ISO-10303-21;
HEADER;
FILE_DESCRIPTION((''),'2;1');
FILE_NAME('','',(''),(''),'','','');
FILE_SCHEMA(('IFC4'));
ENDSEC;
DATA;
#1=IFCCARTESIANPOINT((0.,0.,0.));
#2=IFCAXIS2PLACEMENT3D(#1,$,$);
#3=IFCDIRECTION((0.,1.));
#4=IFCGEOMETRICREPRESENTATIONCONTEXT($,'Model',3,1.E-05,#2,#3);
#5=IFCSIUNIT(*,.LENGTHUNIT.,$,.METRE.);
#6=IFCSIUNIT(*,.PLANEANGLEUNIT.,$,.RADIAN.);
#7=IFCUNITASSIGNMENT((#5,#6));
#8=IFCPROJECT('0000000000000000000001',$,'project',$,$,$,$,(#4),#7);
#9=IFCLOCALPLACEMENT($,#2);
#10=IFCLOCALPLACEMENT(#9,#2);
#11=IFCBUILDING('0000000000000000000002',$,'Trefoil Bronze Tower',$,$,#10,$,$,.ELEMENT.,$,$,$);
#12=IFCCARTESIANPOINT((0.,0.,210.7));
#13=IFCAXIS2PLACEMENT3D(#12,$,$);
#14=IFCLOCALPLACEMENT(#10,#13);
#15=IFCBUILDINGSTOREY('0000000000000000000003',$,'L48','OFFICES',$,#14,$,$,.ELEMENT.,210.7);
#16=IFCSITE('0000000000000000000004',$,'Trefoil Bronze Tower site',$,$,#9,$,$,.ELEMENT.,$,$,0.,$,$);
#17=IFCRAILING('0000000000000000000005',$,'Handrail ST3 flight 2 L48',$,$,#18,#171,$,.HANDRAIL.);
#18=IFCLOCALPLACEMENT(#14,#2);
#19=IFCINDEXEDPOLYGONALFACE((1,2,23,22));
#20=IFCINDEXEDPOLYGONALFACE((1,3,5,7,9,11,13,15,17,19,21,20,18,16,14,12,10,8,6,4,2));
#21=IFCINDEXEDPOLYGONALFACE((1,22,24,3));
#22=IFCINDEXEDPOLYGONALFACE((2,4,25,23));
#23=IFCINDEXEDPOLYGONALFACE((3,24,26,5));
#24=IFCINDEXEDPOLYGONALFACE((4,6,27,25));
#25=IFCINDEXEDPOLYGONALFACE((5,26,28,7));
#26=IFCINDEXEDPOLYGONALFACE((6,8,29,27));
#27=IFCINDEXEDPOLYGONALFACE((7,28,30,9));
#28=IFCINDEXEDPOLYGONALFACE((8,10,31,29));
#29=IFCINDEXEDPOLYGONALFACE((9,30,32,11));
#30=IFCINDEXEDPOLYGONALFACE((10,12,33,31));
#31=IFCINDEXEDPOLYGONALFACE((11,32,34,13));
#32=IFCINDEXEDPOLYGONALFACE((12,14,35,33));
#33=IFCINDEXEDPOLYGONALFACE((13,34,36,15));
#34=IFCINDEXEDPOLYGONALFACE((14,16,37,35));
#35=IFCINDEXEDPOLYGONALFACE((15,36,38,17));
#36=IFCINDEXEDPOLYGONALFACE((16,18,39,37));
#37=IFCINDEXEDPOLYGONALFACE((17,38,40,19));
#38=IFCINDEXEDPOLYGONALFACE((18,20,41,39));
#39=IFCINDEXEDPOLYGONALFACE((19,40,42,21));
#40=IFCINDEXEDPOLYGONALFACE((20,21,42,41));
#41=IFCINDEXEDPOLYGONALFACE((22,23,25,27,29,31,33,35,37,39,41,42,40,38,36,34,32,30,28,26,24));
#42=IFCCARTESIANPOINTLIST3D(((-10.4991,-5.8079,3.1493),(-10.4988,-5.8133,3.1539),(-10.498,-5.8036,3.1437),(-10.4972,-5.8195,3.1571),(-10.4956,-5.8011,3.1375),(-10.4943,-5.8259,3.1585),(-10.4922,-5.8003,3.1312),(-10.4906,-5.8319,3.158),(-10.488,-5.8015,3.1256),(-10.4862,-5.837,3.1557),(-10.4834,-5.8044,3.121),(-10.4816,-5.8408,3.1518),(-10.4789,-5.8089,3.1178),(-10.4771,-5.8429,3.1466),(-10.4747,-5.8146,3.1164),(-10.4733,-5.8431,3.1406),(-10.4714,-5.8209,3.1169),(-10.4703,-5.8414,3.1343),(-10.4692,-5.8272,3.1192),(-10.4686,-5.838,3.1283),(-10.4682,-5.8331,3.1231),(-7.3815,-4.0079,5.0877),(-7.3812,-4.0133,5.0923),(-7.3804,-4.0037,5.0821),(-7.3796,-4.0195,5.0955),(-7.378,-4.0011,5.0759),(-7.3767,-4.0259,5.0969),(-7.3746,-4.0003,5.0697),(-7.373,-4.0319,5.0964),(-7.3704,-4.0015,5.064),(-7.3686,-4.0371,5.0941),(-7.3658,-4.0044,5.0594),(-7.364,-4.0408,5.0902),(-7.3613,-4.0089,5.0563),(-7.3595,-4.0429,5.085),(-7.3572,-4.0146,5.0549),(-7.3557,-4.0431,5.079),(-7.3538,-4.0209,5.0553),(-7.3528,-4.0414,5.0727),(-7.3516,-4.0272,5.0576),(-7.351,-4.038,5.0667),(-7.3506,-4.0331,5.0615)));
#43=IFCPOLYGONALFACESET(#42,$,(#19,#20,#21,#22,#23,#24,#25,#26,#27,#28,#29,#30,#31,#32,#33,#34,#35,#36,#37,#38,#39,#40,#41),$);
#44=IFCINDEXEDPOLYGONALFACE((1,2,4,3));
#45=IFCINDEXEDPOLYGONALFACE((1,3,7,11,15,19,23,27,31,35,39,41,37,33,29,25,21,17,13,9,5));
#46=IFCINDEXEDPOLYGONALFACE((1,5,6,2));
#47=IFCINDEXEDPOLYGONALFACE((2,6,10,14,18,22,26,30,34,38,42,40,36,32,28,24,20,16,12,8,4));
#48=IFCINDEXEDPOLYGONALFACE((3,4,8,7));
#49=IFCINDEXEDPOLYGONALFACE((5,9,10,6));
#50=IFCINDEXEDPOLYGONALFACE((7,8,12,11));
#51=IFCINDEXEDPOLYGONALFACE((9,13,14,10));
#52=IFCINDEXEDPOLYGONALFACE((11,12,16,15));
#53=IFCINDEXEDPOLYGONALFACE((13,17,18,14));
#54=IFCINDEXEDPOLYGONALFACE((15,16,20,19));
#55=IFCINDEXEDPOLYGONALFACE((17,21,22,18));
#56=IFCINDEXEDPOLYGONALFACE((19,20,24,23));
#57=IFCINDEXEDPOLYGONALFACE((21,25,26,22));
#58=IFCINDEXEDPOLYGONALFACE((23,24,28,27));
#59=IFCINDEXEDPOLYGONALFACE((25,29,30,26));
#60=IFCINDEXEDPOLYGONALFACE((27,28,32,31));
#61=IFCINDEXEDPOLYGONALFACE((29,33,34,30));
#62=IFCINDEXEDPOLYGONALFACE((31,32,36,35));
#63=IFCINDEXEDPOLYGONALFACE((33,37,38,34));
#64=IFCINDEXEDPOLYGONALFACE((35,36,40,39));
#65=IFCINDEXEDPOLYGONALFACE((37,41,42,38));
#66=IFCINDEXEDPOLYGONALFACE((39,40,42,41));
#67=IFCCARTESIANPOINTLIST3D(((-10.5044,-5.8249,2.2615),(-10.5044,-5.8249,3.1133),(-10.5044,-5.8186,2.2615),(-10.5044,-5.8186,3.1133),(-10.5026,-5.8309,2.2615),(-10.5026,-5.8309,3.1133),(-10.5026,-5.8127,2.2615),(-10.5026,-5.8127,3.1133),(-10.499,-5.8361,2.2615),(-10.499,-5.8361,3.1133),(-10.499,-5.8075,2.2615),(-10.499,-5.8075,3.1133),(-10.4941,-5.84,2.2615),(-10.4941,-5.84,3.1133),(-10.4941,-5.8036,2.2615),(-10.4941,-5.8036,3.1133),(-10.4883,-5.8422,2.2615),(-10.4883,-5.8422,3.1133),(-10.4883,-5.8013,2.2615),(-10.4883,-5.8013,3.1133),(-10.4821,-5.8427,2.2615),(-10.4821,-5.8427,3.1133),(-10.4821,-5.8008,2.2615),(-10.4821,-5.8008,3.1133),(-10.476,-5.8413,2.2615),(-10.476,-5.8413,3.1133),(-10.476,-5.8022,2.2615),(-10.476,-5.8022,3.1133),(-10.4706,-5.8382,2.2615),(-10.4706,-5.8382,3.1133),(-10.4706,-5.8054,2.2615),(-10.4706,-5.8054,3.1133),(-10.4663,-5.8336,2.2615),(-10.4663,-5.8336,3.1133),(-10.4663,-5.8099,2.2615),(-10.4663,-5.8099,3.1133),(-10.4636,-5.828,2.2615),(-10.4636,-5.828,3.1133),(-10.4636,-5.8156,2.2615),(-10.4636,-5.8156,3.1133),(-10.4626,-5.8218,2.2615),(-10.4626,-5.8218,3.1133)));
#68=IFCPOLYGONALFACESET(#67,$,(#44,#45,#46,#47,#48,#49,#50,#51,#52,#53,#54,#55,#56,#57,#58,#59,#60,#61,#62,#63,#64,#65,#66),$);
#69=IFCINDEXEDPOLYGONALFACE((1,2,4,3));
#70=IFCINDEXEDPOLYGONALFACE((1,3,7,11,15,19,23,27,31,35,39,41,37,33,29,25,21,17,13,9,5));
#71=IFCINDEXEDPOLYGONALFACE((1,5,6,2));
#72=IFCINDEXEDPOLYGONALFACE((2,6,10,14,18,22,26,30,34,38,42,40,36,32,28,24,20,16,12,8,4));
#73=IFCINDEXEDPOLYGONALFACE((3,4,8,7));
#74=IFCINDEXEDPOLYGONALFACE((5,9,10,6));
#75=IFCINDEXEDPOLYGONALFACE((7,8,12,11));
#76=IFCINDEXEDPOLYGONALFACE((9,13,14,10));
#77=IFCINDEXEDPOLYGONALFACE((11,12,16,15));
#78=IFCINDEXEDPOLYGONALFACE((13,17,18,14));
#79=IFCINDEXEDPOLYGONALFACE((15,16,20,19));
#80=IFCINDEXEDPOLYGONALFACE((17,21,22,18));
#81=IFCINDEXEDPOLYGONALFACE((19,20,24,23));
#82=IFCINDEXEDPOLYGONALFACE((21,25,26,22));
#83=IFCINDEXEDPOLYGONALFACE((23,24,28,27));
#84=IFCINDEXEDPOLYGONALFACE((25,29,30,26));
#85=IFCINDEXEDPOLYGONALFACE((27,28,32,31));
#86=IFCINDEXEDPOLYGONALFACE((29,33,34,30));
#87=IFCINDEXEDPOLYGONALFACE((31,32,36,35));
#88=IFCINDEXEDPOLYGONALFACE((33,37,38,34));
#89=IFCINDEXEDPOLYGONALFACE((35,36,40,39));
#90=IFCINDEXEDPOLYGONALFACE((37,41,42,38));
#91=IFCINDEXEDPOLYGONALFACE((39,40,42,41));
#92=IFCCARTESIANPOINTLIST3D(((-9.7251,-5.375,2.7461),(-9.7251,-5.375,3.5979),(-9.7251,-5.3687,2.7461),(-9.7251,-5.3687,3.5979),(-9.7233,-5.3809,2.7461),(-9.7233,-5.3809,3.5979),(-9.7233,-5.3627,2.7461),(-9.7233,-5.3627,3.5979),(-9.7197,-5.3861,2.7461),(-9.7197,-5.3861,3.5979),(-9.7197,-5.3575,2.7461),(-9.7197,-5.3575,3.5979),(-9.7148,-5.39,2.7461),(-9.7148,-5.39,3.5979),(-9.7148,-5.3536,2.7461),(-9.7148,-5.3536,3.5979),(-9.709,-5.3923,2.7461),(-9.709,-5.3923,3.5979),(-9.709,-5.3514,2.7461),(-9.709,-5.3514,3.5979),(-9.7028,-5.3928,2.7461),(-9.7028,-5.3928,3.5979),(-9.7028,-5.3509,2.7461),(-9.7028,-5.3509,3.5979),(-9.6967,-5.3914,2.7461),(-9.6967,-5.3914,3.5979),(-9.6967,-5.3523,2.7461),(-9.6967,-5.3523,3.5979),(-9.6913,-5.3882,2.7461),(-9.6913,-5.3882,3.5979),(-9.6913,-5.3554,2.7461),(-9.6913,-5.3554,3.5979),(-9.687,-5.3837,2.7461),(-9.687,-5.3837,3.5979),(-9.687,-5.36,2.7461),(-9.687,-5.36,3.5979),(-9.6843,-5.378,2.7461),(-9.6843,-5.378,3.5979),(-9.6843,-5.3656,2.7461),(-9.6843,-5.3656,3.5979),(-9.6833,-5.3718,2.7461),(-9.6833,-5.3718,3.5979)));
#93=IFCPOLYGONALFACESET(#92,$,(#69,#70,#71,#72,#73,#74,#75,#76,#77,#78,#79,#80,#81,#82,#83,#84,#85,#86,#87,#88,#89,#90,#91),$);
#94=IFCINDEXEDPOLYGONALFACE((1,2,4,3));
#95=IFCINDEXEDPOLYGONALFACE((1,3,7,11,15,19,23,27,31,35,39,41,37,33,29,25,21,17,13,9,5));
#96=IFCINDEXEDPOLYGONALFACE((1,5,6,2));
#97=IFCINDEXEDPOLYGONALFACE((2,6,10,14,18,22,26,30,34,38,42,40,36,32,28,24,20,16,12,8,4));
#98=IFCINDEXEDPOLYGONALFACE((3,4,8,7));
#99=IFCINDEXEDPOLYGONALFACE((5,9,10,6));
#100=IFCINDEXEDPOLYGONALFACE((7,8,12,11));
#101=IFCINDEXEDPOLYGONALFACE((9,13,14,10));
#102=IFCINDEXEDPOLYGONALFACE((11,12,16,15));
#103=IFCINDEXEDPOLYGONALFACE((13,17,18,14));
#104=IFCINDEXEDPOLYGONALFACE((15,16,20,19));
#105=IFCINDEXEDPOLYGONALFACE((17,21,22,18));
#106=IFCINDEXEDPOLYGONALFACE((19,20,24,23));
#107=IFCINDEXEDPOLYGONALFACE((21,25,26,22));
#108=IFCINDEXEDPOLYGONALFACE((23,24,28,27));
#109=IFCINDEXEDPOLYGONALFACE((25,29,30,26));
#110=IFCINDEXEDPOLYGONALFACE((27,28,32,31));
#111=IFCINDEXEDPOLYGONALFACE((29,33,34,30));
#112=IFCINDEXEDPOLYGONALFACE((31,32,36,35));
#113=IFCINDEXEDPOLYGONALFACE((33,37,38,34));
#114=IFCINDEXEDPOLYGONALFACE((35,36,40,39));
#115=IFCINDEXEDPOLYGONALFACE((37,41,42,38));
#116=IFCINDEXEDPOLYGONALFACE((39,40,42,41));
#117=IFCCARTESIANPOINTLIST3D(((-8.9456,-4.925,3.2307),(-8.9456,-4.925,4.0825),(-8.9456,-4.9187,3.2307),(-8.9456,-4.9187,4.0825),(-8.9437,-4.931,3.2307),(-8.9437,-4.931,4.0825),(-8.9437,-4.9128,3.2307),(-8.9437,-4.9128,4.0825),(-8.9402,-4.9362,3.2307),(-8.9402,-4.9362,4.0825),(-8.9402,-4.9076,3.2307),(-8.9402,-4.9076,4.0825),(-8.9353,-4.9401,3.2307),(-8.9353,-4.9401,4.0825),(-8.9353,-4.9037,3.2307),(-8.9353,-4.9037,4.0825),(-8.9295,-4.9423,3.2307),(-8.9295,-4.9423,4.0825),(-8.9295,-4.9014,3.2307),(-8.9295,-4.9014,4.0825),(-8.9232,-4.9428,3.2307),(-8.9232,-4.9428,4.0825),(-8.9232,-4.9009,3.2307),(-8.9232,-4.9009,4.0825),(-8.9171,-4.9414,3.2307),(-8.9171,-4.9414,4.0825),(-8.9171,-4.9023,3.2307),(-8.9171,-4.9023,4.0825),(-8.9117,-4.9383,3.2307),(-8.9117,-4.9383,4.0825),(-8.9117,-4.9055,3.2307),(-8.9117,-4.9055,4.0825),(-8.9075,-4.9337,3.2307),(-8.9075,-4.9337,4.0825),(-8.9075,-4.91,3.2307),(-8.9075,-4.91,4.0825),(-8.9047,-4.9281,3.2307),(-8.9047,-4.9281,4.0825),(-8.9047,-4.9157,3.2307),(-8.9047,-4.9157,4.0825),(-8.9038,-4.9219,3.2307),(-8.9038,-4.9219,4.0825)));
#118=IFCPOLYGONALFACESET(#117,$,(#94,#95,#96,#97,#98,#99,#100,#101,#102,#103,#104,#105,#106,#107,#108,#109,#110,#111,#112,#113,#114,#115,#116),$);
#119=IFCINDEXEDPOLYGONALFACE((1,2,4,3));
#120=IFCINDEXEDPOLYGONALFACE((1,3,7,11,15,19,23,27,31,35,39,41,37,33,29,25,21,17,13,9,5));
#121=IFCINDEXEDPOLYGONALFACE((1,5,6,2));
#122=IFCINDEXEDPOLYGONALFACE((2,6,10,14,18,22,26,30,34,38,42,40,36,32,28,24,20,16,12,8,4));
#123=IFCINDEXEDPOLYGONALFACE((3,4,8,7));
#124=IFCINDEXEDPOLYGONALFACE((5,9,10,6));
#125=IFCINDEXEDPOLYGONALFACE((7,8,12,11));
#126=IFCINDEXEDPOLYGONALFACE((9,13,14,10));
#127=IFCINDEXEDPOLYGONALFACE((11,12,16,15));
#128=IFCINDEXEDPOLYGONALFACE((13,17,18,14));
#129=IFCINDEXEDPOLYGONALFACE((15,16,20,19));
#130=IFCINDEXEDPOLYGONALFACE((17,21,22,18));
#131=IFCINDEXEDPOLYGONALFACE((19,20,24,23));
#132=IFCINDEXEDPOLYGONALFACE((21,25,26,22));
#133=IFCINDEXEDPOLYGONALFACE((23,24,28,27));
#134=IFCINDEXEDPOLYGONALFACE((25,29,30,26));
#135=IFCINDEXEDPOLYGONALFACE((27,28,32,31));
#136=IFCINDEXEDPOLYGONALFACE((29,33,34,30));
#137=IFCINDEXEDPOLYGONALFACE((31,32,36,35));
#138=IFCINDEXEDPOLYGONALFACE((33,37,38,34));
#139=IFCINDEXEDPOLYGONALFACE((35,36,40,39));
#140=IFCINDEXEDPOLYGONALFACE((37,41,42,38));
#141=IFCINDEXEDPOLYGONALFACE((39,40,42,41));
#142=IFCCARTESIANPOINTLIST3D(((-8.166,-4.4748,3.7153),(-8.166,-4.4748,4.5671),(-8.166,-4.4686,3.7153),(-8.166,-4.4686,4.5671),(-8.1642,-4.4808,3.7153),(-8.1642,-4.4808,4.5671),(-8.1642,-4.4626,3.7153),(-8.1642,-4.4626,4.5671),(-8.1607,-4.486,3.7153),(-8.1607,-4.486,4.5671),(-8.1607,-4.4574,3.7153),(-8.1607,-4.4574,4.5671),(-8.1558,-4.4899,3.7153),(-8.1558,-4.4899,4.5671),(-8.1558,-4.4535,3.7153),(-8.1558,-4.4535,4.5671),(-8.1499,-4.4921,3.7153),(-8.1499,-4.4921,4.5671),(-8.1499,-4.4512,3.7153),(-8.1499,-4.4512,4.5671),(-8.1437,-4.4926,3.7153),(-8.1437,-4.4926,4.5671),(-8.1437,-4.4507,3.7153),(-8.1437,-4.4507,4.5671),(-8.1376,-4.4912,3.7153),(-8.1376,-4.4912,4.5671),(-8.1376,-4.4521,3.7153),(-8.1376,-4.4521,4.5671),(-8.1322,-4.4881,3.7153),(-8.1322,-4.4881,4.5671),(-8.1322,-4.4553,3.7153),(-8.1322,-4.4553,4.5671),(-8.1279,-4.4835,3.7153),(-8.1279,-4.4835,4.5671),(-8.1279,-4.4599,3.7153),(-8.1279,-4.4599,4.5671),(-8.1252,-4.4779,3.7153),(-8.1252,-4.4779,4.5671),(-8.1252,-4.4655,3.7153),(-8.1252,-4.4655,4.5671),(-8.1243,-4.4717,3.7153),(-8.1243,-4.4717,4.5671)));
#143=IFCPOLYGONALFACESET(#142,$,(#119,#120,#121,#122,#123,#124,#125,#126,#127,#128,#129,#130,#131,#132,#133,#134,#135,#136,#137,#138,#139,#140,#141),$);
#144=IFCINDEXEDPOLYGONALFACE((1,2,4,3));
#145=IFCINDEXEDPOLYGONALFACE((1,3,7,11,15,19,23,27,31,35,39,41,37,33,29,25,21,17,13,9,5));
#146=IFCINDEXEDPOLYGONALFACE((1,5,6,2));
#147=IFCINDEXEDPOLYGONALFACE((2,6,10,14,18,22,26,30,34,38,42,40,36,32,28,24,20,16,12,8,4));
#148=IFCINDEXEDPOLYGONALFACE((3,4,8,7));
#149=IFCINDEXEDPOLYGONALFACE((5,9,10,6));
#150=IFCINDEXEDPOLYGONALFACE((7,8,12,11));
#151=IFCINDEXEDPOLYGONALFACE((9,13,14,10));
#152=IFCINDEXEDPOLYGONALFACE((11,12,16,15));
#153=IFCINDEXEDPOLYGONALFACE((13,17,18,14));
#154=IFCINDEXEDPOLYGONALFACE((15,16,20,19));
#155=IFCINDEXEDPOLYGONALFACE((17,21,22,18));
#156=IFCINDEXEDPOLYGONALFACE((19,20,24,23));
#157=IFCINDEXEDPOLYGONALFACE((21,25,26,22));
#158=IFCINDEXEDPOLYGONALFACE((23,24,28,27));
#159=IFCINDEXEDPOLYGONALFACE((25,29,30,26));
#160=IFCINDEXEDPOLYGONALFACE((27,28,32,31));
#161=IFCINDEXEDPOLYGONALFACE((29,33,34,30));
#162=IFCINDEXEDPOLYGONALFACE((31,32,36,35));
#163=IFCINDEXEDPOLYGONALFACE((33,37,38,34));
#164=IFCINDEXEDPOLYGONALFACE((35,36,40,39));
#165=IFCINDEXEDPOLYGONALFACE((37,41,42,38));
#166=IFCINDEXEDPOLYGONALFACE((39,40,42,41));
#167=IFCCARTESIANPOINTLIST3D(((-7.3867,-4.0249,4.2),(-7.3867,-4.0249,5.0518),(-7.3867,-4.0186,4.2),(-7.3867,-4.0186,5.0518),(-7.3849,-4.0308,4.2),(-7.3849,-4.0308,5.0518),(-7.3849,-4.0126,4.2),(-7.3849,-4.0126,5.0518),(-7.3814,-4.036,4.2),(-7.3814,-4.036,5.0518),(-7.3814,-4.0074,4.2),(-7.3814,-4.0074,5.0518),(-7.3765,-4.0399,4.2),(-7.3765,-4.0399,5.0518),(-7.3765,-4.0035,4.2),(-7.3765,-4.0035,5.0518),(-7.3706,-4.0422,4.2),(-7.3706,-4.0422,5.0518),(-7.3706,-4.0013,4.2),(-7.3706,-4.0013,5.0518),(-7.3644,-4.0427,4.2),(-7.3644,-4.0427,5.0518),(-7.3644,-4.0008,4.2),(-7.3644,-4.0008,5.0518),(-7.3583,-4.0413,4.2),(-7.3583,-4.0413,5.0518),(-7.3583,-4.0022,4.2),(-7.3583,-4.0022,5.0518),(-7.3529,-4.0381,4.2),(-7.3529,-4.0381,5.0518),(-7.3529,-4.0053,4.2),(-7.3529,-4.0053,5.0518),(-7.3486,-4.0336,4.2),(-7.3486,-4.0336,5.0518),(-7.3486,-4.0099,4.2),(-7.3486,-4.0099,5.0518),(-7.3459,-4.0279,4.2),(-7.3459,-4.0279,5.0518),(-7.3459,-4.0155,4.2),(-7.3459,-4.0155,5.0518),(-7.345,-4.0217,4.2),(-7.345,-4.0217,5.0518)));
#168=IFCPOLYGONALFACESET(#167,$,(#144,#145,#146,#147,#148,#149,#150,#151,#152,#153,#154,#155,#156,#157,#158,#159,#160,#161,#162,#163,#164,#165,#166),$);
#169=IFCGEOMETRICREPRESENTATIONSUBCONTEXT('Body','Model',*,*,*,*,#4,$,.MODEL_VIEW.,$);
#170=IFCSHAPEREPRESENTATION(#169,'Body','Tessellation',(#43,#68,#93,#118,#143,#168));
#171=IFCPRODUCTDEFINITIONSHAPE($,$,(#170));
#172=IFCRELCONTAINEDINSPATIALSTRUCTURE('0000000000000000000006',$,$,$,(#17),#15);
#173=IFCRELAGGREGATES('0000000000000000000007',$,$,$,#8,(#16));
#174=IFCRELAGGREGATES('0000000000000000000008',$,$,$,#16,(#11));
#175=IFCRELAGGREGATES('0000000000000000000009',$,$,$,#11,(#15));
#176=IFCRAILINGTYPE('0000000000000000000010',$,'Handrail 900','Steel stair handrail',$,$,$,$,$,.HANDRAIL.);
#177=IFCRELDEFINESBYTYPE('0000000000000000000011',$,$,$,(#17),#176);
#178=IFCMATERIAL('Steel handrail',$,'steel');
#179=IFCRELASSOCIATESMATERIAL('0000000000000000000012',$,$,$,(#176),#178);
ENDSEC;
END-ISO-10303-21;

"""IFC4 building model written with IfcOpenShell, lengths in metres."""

from ifc_helpers import new_model, si_unit, direction, frame, origin, origin_2d, place, context, subcontext, project, spatial, circle, extrude, material, type_object, element, save


model = new_model("IFC4")

# Units and contexts
model_context = context("Model", 3, precision=1e-05, world=origin(), true_north=direction((0.0, 1.0)))
body_context = subcontext(model_context, "Body", "Model", "MODEL_VIEW")
ifc_project = project(units=[si_unit("LENGTHUNIT", "METRE"), si_unit("PLANEANGLEUNIT", "RADIAN")], contexts=[model_context])

# Site, building, storey
site_placement = place(None, origin())
site = spatial("IfcSite", under=ifc_project, at=site_placement, Name="Trefoil Bronze Tower site", CompositionType="ELEMENT", RefElevation=0.0)
building_placement = place(site_placement, origin())
building = spatial("IfcBuilding", under=site, at=building_placement, Name="Trefoil Bronze Tower", CompositionType="ELEMENT")
storey_placement = place(building_placement, frame((0.0, 0.0, 210.7)))
storey = spatial("IfcBuildingStorey", under=building, at=storey_placement, Name="L48", Description="OFFICES", CompositionType="ELEMENT", Elevation=210.7)

# Railing
ifc_material_1 = material(Name="Steel handrail", Category="steel")
railing_type = type_object("IfcRailingType", Name="Handrail 900", Description="Steel stair handrail", PredefinedType="HANDRAIL", material=ifc_material_1)
railing_placement = place(storey_placement, frame((-10.4836, -5.8218, 2.2615)))
element("IfcRailing", 1, at=railing_placement, inside=storey, type_object=railing_type, Name="Handrail ST3 flight 2 L48", PredefinedType="HANDRAIL", context=body_context, shape_type="SweptSolid", body=[
    extrude(circle(Radius=0.0239, at=origin_2d()), frame((0.0, 0.0, 0.876), z_axis=(0.762503, 0.440246, 0.474102), x_axis=(-0.500012, 0.866018, 0.0)), (0.0, 0.0, 1.0), 4.0886),
    extrude(circle(Radius=0.021, at=origin_2d()), origin(), (0.0, 0.0, 1.0), 0.8518),
    extrude(circle(Radius=0.021, at=origin_2d()), frame((0.7793, 0.45, 0.4846)), (0.0, 0.0, 1.0), 0.8518),
    extrude(circle(Radius=0.021, at=origin_2d()), frame((1.5588, 0.8999, 0.9692)), (0.0, 0.0, 1.0), 0.8518),
    extrude(circle(Radius=0.021, at=origin_2d()), frame((2.3384, 1.3501, 1.4539)), (0.0, 0.0, 1.0), 0.8518),
    extrude(circle(Radius=0.021, at=origin_2d()), frame((3.1177, 1.8, 1.9385)), (0.0, 0.0, 1.0), 0.8518),
])

save(model, "model.ifc")
